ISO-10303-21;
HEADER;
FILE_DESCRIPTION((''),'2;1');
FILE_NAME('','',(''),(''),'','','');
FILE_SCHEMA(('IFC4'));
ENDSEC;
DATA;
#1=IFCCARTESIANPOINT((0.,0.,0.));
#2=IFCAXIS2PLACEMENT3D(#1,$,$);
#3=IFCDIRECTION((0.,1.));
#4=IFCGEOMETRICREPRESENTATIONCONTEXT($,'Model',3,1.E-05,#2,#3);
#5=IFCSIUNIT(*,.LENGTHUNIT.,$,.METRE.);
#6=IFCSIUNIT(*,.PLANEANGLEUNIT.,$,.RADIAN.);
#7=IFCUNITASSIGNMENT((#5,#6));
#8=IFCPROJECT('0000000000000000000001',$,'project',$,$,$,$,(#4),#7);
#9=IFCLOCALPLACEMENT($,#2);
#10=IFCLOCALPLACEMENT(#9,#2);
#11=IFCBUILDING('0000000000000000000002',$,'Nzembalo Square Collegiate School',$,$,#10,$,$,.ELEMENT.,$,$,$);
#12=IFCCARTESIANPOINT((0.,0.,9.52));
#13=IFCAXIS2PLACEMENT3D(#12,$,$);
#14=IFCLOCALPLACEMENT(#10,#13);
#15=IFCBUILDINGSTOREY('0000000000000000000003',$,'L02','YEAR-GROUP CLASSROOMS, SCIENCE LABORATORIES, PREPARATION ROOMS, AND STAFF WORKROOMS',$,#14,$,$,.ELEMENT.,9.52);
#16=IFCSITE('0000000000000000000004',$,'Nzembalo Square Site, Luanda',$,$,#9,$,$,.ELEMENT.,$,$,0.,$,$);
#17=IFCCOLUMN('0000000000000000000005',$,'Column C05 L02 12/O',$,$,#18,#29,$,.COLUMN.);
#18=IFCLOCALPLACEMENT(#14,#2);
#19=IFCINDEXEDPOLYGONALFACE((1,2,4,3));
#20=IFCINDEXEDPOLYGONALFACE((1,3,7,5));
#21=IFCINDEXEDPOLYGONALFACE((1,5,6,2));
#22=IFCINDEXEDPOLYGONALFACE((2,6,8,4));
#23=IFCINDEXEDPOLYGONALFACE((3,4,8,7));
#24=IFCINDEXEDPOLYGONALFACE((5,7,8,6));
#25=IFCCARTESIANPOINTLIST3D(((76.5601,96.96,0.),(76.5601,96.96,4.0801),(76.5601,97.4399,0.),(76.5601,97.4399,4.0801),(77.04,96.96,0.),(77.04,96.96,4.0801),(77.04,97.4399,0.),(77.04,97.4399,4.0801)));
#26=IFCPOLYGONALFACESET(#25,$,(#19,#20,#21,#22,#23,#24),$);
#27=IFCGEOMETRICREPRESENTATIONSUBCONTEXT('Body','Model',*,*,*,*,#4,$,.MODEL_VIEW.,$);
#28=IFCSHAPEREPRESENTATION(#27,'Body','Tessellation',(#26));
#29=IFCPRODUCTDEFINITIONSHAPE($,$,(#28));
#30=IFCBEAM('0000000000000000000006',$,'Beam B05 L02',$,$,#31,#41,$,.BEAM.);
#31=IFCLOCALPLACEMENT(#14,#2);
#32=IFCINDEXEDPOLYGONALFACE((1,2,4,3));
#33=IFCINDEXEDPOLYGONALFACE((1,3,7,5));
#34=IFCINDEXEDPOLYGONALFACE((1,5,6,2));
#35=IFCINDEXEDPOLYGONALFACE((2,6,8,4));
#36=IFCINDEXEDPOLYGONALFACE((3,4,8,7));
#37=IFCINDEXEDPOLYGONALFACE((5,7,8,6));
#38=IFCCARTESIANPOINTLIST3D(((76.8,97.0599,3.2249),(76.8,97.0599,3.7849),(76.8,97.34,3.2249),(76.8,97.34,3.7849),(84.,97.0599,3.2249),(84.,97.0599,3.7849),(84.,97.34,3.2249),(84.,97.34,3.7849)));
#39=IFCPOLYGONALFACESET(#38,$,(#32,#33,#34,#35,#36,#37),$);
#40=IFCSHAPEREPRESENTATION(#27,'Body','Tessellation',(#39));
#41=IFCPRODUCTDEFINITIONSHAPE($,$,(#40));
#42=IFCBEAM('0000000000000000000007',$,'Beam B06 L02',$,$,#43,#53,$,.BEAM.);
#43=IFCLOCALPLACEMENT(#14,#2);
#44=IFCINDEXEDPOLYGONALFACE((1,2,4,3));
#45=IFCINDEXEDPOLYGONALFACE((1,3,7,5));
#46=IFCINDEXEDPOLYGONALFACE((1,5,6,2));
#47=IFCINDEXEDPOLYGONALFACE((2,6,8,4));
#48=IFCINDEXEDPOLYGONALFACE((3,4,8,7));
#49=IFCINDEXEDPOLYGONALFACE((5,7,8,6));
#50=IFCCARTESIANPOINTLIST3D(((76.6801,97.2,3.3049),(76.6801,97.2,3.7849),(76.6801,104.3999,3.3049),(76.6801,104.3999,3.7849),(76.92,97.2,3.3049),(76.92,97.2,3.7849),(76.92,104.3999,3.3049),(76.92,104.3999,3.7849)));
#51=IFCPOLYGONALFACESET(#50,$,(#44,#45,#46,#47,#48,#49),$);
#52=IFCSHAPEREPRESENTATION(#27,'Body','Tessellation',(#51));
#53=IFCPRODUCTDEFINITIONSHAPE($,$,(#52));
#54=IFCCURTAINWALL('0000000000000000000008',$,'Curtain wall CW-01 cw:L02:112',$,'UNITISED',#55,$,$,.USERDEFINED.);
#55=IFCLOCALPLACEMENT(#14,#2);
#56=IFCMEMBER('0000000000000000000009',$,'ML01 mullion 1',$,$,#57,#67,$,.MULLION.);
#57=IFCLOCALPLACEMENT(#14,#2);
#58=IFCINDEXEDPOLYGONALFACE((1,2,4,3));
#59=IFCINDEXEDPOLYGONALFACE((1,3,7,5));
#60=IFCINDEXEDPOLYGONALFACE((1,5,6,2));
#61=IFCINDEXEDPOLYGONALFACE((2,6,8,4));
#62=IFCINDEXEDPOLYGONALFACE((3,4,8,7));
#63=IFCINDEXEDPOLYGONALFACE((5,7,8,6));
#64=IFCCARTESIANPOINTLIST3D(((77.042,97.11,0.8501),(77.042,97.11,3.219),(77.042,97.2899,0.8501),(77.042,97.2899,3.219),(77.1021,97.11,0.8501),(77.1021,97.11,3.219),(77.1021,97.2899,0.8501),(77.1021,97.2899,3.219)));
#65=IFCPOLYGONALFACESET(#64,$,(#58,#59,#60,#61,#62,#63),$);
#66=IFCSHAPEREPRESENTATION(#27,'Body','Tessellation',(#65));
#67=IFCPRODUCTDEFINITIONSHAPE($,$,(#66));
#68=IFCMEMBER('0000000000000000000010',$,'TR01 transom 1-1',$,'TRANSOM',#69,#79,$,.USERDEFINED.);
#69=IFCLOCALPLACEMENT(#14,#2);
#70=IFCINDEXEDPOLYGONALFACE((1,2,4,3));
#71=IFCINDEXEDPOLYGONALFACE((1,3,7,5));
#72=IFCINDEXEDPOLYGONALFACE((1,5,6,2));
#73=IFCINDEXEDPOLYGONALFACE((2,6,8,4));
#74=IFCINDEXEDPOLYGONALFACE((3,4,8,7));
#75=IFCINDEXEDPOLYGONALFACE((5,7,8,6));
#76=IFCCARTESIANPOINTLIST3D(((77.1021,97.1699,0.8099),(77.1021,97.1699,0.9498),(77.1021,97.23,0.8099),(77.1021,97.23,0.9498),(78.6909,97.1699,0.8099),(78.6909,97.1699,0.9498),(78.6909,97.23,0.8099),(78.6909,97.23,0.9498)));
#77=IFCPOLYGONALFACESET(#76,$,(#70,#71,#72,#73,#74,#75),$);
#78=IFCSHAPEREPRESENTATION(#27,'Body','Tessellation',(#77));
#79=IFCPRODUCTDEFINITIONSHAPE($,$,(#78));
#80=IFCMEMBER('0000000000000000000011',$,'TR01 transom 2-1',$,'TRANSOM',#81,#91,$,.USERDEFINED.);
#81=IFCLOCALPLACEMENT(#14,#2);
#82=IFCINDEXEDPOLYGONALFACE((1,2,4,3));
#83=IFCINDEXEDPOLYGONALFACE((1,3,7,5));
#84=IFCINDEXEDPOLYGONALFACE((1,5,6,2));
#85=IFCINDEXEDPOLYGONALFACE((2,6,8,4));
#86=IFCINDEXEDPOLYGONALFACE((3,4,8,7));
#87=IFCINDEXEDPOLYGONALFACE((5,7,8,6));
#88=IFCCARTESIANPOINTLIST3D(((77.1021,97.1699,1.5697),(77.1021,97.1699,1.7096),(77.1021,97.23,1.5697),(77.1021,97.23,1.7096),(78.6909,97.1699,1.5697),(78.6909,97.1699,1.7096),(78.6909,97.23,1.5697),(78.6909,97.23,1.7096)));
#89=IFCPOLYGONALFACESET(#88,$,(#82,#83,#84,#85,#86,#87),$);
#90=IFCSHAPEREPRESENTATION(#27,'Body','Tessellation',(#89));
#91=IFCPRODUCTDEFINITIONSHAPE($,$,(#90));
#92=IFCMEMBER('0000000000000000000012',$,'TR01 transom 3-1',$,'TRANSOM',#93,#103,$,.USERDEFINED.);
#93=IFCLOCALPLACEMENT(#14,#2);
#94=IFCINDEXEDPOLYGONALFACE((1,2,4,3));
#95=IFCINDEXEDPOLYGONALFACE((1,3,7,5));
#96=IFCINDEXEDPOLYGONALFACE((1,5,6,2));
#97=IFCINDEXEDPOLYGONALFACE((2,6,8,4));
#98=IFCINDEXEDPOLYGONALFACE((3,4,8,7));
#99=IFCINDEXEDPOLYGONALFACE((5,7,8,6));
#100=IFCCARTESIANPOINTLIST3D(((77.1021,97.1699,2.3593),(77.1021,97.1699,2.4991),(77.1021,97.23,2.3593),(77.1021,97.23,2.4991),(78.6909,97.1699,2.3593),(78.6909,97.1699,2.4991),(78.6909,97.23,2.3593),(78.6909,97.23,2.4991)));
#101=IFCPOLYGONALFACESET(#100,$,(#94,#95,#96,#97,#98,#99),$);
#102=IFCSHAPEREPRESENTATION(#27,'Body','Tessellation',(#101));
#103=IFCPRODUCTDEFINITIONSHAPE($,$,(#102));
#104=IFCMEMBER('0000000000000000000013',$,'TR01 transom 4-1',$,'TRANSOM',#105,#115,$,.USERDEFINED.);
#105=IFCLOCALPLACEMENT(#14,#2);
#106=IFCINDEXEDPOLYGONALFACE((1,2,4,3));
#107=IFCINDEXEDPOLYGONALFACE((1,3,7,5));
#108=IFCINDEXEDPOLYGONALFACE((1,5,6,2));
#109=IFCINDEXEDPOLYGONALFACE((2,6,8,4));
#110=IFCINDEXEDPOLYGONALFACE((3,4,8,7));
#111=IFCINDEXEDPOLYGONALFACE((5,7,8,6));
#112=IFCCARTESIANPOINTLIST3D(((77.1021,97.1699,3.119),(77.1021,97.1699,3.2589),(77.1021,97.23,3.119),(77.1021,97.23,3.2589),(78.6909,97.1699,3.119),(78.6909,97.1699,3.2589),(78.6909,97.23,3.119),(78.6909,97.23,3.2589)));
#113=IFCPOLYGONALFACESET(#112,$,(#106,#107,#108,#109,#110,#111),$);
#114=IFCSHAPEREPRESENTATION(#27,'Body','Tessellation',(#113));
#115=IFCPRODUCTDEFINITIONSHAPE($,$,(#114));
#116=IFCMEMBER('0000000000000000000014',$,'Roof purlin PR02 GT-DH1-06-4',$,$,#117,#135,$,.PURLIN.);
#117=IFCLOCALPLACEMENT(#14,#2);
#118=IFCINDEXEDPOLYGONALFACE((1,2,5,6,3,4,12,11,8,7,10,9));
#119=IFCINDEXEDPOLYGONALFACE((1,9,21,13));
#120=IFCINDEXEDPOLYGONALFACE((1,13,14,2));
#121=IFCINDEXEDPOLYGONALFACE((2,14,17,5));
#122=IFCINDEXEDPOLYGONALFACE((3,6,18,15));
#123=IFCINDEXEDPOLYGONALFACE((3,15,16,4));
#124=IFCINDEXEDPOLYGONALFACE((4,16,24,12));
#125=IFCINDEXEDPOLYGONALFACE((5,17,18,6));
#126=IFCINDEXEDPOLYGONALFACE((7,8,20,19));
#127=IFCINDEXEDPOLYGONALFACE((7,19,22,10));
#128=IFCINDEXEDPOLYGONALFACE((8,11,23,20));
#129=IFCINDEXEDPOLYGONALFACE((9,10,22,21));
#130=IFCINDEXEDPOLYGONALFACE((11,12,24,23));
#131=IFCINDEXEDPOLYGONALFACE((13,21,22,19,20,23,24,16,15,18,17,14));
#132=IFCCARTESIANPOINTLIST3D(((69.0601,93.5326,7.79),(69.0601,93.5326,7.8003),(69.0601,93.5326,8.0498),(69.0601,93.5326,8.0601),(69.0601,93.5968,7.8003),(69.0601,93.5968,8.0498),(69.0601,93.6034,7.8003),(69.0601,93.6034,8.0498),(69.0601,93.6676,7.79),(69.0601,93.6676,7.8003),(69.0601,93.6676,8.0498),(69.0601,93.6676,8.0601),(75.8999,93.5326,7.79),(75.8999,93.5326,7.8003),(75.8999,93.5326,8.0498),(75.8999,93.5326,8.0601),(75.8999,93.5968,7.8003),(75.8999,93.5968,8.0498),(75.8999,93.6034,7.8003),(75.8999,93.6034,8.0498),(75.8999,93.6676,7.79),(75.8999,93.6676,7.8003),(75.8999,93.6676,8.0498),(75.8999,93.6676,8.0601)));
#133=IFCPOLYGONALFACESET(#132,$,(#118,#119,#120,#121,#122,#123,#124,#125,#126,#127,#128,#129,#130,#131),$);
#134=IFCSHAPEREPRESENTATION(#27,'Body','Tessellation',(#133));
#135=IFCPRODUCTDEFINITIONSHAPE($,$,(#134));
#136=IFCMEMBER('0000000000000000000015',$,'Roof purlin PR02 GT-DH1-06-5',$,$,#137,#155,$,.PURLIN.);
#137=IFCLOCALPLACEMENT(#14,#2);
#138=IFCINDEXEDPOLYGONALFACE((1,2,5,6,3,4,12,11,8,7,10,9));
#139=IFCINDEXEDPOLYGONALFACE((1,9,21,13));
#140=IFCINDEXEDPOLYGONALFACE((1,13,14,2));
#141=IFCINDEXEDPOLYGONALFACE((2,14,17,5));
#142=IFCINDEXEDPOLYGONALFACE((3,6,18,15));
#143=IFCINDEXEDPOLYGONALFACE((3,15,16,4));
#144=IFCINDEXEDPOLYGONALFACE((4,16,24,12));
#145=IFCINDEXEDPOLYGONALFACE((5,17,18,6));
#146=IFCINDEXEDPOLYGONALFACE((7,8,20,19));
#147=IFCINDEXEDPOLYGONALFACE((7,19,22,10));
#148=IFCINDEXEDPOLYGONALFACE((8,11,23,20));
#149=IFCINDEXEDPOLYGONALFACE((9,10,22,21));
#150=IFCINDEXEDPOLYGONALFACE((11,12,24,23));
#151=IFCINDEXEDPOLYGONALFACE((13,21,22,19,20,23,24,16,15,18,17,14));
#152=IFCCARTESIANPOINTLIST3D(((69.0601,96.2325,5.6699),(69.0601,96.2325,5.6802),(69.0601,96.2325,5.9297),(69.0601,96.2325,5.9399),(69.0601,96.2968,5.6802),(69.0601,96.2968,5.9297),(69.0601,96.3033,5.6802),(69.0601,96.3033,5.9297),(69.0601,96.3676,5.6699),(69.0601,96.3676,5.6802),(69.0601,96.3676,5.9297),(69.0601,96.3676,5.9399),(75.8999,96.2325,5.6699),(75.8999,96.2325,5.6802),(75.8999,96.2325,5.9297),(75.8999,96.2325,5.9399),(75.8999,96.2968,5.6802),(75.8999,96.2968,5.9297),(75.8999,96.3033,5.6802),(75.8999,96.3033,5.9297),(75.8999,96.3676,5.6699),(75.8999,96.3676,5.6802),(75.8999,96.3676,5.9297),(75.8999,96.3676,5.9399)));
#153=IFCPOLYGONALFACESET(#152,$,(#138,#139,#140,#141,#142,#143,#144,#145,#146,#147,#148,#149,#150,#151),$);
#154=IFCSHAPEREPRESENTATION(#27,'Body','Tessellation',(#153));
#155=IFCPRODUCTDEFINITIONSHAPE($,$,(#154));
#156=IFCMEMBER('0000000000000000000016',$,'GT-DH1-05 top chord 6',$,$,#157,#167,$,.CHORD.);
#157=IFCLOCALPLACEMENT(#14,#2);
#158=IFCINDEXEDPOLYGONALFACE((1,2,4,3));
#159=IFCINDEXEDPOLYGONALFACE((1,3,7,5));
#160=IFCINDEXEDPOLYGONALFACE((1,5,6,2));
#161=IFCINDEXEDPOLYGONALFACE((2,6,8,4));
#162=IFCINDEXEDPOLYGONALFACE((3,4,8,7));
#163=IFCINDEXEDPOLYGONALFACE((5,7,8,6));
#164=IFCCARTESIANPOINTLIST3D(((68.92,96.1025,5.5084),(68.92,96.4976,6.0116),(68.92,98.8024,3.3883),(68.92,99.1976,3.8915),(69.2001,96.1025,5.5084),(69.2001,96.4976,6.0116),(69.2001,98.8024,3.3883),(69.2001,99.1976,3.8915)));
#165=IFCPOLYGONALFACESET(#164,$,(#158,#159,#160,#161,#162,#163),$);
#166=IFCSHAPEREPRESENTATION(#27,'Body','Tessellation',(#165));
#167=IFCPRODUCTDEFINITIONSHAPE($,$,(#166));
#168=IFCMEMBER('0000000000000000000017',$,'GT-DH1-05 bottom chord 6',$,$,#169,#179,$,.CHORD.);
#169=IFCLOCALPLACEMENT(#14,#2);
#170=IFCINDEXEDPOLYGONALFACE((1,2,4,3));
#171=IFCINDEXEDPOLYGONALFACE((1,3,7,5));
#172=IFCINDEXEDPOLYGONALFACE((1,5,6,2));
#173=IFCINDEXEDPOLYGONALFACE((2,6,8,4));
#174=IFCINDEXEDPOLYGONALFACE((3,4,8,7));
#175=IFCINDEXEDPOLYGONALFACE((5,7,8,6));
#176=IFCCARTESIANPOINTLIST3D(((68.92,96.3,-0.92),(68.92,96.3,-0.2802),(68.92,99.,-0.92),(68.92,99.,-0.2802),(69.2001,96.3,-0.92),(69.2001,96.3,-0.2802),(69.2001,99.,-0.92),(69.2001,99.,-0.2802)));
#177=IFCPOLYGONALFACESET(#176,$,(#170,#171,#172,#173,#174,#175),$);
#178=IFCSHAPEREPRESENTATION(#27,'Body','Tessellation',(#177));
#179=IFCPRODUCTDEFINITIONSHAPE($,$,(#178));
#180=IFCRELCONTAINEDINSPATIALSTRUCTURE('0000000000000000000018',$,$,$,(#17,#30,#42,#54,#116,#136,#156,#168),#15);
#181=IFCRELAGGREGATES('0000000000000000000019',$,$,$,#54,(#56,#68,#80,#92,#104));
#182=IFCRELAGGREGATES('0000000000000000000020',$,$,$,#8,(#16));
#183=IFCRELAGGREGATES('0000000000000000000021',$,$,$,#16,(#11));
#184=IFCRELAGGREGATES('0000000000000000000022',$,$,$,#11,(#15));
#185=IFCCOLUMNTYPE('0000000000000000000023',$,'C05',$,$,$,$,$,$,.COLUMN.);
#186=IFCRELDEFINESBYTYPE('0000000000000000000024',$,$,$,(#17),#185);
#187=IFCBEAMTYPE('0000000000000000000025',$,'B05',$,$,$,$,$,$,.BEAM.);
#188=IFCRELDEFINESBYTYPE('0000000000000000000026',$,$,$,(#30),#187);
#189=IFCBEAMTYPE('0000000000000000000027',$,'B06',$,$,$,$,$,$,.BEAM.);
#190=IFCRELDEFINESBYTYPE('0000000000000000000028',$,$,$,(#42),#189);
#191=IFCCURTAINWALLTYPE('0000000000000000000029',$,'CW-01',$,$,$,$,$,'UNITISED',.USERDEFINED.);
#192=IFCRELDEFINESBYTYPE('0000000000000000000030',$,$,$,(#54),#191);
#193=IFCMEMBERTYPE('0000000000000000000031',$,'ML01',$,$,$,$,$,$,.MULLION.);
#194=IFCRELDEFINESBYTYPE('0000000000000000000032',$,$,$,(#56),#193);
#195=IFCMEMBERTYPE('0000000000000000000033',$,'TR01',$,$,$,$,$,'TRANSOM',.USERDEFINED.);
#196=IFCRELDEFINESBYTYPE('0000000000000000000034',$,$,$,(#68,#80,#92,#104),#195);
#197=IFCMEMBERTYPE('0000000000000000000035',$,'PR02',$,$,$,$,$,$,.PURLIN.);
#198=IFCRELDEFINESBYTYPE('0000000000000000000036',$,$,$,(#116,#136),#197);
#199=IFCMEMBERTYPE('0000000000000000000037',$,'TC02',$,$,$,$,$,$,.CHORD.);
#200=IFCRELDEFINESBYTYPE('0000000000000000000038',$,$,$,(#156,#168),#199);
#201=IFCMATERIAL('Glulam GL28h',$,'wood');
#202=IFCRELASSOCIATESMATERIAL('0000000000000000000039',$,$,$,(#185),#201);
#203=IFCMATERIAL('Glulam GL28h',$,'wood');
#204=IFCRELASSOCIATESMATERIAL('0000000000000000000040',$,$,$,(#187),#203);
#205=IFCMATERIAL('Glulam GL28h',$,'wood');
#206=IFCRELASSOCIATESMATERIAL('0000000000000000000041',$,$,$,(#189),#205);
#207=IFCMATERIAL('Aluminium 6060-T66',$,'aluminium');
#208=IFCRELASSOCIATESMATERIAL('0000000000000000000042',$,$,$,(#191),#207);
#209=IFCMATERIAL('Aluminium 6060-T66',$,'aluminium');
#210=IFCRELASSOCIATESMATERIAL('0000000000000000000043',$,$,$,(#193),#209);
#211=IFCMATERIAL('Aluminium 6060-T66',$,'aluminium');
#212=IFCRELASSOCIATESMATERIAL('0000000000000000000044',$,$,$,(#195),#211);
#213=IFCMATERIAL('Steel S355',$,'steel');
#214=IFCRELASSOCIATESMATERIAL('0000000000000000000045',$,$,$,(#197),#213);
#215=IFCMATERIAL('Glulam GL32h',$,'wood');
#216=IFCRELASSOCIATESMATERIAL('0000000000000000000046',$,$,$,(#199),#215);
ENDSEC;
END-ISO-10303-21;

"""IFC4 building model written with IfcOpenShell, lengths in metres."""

from ifc_helpers import new_model, si_unit, direction, frame, origin, origin_2d, place, context, subcontext, project, spatial, rectangle, i_section, extrude, material, material_profile, profile_set, type_object, element, aggregate, save


model = new_model("IFC4")

# Units and contexts
model_context = context("Model", 3, precision=1e-05, world=origin(), true_north=direction((0.0, 1.0)))
body_context = subcontext(model_context, "Body", "Model", "MODEL_VIEW")
ifc_project = project(units=[si_unit("LENGTHUNIT", "METRE"), si_unit("PLANEANGLEUNIT", "RADIAN")], contexts=[model_context])

# Site, building, storey
site_placement = place(None, origin())
site = spatial("IfcSite", under=ifc_project, at=site_placement, Name="Nzembalo Square Site, Luanda", CompositionType="ELEMENT", RefElevation=0.0)
building_placement = place(site_placement, origin())
building = spatial("IfcBuilding", under=site, at=building_placement, Name="Nzembalo Square Collegiate School", CompositionType="ELEMENT")
storey_placement = place(building_placement, frame((0.0, 0.0, 9.52)))
storey = spatial("IfcBuildingStorey", under=building, at=storey_placement, Name="L02", Description="YEAR-GROUP CLASSROOMS, SCIENCE LABORATORIES, PREPARATION ROOMS, AND STAFF WORKROOMS", CompositionType="ELEMENT", Elevation=9.52)

# Column
ifc_material_1 = material(Name="Glulam GL28h", Category="wood")
ifc_material_profile_1 = material_profile(ifc_material_1, rectangle(XDim=0.48, YDim=0.48, at=origin_2d()), Name="GL28h 480x480")
ifc_profile_set_1 = profile_set([ifc_material_profile_1], Name="Glulam GL28h")
column_type = type_object("IfcColumnType", Name="C05", PredefinedType="COLUMN", material=ifc_profile_set_1)
column_placement = place(storey_placement, frame((76.8, 97.2, 0.0), z_axis=(0.0, 0.0, 1.0), x_axis=(1.0, 0.0, 0.0)))
element("IfcColumn", 1, at=column_placement, inside=storey, type_object=column_type, Name="Column C05 L02 12/O", PredefinedType="COLUMN", context=body_context, shape_type="SweptSolid", body=[
    extrude(rectangle(XDim=0.48, YDim=0.48, at=origin_2d()), origin(), (0.0, 0.0, 1.0), 4.0801),
])

# Beams
ifc_material_2 = material(Name="Glulam GL28h", Category="wood")
ifc_material_profile_2 = material_profile(ifc_material_2, rectangle(XDim=0.28, YDim=0.5601, at=origin_2d()), Name="GL28h 280x560")
ifc_profile_set_2 = profile_set([ifc_material_profile_2], Name="Glulam GL28h")
beam_type_1 = type_object("IfcBeamType", Name="B05", PredefinedType="BEAM", material=ifc_profile_set_2)
beam_1_placement = place(storey_placement, frame((76.8, 97.2, 3.5049), z_axis=(1.0, 0.0, 0.0), x_axis=(0.0, 1.0, 0.0)))
element("IfcBeam", 2, at=beam_1_placement, inside=storey, type_object=beam_type_1, Name="Beam B05 L02", PredefinedType="BEAM", context=body_context, shape_type="SweptSolid", body=[
    extrude(rectangle(XDim=0.28, YDim=0.5601, at=origin_2d()), origin(), (0.0, 0.0, 1.0), 7.2),
])
ifc_material_3 = material(Name="Glulam GL28h", Category="wood")
ifc_material_profile_3 = material_profile(ifc_material_3, rectangle(XDim=0.24, YDim=0.48, at=origin_2d()), Name="GL28h 240x480")
ifc_profile_set_3 = profile_set([ifc_material_profile_3], Name="Glulam GL28h")
beam_type_2 = type_object("IfcBeamType", Name="B06", PredefinedType="BEAM", material=ifc_profile_set_3)
beam_2_placement = place(storey_placement, frame((76.8, 97.2, 3.5449), z_axis=(0.0, 1.0, 0.0), x_axis=(-1.0, 0.0, 0.0)))
element("IfcBeam", 3, at=beam_2_placement, inside=storey, type_object=beam_type_2, Name="Beam B06 L02", PredefinedType="BEAM", context=body_context, shape_type="SweptSolid", body=[
    extrude(rectangle(XDim=0.24, YDim=0.48, at=origin_2d()), origin(), (0.0, 0.0, 1.0), 7.2),
])

# Curtain wall, members
ifc_material_4 = material(Name="Aluminium 6060-T66", Category="aluminium")
curtain_wall_type = type_object("IfcCurtainWallType", Name="CW-01", ElementType="UNITISED", PredefinedType="USERDEFINED", material=ifc_material_4)
curtain_wall_placement = place(storey_placement, origin())
curtain_wall = element("IfcCurtainWall", 4, at=curtain_wall_placement, inside=storey, type_object=curtain_wall_type, Name="Curtain wall CW-01 cw:L02:112", ObjectType="UNITISED", PredefinedType="USERDEFINED")
ifc_material_5 = material(Name="Aluminium 6060-T66", Category="aluminium")
ifc_material_profile_4 = material_profile(ifc_material_5, rectangle(XDim=0.0601, YDim=0.1799, at=origin_2d()), Name="ALU M60x180")
ifc_profile_set_4 = profile_set([ifc_material_profile_4], Name="Aluminium 6060-T66")
member_type_1 = type_object("IfcMemberType", Name="ML01", PredefinedType="MULLION", material=ifc_profile_set_4)
member_1_placement = place(storey_placement, frame((77.072, 97.2, 0.8501), z_axis=(0.0, 0.0, 1.0), x_axis=(1.0, 0.0, 0.0)))
member_1 = element("IfcMember", 5, at=member_1_placement, type_object=member_type_1, Name="ML01 mullion 1", PredefinedType="MULLION", context=body_context, shape_type="SweptSolid", body=[
    extrude(rectangle(XDim=0.0601, YDim=0.1799, at=origin_2d()), origin(), (0.0, 0.0, 1.0), 2.3689),
])
ifc_material_6 = material(Name="Aluminium 6060-T66", Category="aluminium")
ifc_material_profile_5 = material_profile(ifc_material_6, rectangle(XDim=0.0601, YDim=0.1399, at=origin_2d()), Name="ALU T60x140")
ifc_profile_set_5 = profile_set([ifc_material_profile_5], Name="Aluminium 6060-T66")
member_type_2 = type_object("IfcMemberType", Name="TR01", ElementType="TRANSOM", PredefinedType="USERDEFINED", material=ifc_profile_set_5)
member_2_placement = place(storey_placement, frame((77.1021, 97.2, 0.8799), z_axis=(1.0, 0.0, 0.0), x_axis=(0.0, 1.0, 0.0)))
member_2 = element("IfcMember", 6, at=member_2_placement, type_object=member_type_2, Name="TR01 transom 1-1", ObjectType="TRANSOM", PredefinedType="USERDEFINED", context=body_context, shape_type="SweptSolid", body=[
    extrude(rectangle(XDim=0.0601, YDim=0.1399, at=origin_2d()), origin(), (0.0, 0.0, 1.0), 1.5889),
])
member_3_placement = place(storey_placement, frame((77.1021, 97.2, 1.6396), z_axis=(1.0, 0.0, 0.0), x_axis=(0.0, 1.0, 0.0)))
member_3 = element("IfcMember", 7, at=member_3_placement, type_object=member_type_2, Name="TR01 transom 2-1", ObjectType="TRANSOM", PredefinedType="USERDEFINED", context=body_context, shape_type="SweptSolid", body=[
    extrude(rectangle(XDim=0.0601, YDim=0.1399, at=origin_2d()), origin(), (0.0, 0.0, 1.0), 1.5889),
])
member_4_placement = place(storey_placement, frame((77.1021, 97.2, 2.4292), z_axis=(1.0, 0.0, 0.0), x_axis=(0.0, 1.0, 0.0)))
member_4 = element("IfcMember", 8, at=member_4_placement, type_object=member_type_2, Name="TR01 transom 3-1", ObjectType="TRANSOM", PredefinedType="USERDEFINED", context=body_context, shape_type="SweptSolid", body=[
    extrude(rectangle(XDim=0.0601, YDim=0.1399, at=origin_2d()), origin(), (0.0, 0.0, 1.0), 1.5889),
])
member_5_placement = place(storey_placement, frame((77.1021, 97.2, 3.189), z_axis=(1.0, 0.0, 0.0), x_axis=(0.0, 1.0, 0.0)))
member_5 = element("IfcMember", 9, at=member_5_placement, type_object=member_type_2, Name="TR01 transom 4-1", ObjectType="TRANSOM", PredefinedType="USERDEFINED", context=body_context, shape_type="SweptSolid", body=[
    extrude(rectangle(XDim=0.0601, YDim=0.1399, at=origin_2d()), origin(), (0.0, 0.0, 1.0), 1.5889),
])
aggregate(curtain_wall, [member_1, member_2, member_3, member_4, member_5])

# Members
ifc_material_7 = material(Name="Steel S355", Category="steel")
ifc_material_profile_6 = material_profile(ifc_material_7, i_section(OverallWidth=0.135, OverallDepth=0.27, WebThickness=0.0066, FlangeThickness=0.0103, at=origin_2d()), Name="IPE 270")
ifc_profile_set_6 = profile_set([ifc_material_profile_6], Name="Steel S355")
member_type_3 = type_object("IfcMemberType", Name="PR02", PredefinedType="PURLIN", material=ifc_profile_set_6)
for number, where, z_axis, x_axis, name in (
    (10, (69.0601, 93.6001, 7.925), (1.0, 0.0, 0.0), (0.0, 1.0, 0.0), "Roof purlin PR02 GT-DH1-06-4"),
    (11, (69.0601, 96.3, 5.8049), (1.0, 0.0, 0.0), (0.0, 1.0, 0.0), "Roof purlin PR02 GT-DH1-06-5"),
):
    element("IfcMember", number, at=place(storey_placement, frame(where, z_axis=z_axis, x_axis=x_axis)), inside=storey, type_object=member_type_3, Name=name, PredefinedType="PURLIN", context=body_context, shape_type="SweptSolid", body=[
        extrude(i_section(OverallWidth=0.135, OverallDepth=0.27, WebThickness=0.0066, FlangeThickness=0.0103, at=origin_2d()), origin(), (0.0, 0.0, 1.0), 6.8398),
    ])
ifc_material_8 = material(Name="Glulam GL32h", Category="wood")
ifc_material_profile_7 = material_profile(ifc_material_8, rectangle(XDim=0.28, YDim=0.6399, at=origin_2d()), Name="GL32h 280x640")
ifc_profile_set_7 = profile_set([ifc_material_profile_7], Name="Glulam GL32h")
member_type_4 = type_object("IfcMemberType", Name="TC02", PredefinedType="CHORD", material=ifc_profile_set_7)
member_6_placement = place(storey_placement, frame((69.0601, 96.3, 5.76), z_axis=(0.0, 0.786498, -0.617592), x_axis=(-1.0, 0.0, 0.0)))
element("IfcMember", 12, at=member_6_placement, inside=storey, type_object=member_type_4, Name="GT-DH1-05 top chord 6", PredefinedType="CHORD", context=body_context, shape_type="SweptSolid", body=[
    extrude(rectangle(XDim=0.28, YDim=0.6399, at=origin_2d()), origin(), (0.0, 0.0, 1.0), 3.4329),
])
member_7_placement = place(storey_placement, frame((69.0601, 96.3, -0.6001), z_axis=(0.0, 1.0, 0.0), x_axis=(-1.0, 0.0, 0.0)))
element("IfcMember", 13, at=member_7_placement, inside=storey, type_object=member_type_4, Name="GT-DH1-05 bottom chord 6", PredefinedType="CHORD", context=body_context, shape_type="SweptSolid", body=[
    extrude(rectangle(XDim=0.28, YDim=0.6399, at=origin_2d()), origin(), (0.0, 0.0, 1.0), 2.7),
])

save(model, "model.ifc")
